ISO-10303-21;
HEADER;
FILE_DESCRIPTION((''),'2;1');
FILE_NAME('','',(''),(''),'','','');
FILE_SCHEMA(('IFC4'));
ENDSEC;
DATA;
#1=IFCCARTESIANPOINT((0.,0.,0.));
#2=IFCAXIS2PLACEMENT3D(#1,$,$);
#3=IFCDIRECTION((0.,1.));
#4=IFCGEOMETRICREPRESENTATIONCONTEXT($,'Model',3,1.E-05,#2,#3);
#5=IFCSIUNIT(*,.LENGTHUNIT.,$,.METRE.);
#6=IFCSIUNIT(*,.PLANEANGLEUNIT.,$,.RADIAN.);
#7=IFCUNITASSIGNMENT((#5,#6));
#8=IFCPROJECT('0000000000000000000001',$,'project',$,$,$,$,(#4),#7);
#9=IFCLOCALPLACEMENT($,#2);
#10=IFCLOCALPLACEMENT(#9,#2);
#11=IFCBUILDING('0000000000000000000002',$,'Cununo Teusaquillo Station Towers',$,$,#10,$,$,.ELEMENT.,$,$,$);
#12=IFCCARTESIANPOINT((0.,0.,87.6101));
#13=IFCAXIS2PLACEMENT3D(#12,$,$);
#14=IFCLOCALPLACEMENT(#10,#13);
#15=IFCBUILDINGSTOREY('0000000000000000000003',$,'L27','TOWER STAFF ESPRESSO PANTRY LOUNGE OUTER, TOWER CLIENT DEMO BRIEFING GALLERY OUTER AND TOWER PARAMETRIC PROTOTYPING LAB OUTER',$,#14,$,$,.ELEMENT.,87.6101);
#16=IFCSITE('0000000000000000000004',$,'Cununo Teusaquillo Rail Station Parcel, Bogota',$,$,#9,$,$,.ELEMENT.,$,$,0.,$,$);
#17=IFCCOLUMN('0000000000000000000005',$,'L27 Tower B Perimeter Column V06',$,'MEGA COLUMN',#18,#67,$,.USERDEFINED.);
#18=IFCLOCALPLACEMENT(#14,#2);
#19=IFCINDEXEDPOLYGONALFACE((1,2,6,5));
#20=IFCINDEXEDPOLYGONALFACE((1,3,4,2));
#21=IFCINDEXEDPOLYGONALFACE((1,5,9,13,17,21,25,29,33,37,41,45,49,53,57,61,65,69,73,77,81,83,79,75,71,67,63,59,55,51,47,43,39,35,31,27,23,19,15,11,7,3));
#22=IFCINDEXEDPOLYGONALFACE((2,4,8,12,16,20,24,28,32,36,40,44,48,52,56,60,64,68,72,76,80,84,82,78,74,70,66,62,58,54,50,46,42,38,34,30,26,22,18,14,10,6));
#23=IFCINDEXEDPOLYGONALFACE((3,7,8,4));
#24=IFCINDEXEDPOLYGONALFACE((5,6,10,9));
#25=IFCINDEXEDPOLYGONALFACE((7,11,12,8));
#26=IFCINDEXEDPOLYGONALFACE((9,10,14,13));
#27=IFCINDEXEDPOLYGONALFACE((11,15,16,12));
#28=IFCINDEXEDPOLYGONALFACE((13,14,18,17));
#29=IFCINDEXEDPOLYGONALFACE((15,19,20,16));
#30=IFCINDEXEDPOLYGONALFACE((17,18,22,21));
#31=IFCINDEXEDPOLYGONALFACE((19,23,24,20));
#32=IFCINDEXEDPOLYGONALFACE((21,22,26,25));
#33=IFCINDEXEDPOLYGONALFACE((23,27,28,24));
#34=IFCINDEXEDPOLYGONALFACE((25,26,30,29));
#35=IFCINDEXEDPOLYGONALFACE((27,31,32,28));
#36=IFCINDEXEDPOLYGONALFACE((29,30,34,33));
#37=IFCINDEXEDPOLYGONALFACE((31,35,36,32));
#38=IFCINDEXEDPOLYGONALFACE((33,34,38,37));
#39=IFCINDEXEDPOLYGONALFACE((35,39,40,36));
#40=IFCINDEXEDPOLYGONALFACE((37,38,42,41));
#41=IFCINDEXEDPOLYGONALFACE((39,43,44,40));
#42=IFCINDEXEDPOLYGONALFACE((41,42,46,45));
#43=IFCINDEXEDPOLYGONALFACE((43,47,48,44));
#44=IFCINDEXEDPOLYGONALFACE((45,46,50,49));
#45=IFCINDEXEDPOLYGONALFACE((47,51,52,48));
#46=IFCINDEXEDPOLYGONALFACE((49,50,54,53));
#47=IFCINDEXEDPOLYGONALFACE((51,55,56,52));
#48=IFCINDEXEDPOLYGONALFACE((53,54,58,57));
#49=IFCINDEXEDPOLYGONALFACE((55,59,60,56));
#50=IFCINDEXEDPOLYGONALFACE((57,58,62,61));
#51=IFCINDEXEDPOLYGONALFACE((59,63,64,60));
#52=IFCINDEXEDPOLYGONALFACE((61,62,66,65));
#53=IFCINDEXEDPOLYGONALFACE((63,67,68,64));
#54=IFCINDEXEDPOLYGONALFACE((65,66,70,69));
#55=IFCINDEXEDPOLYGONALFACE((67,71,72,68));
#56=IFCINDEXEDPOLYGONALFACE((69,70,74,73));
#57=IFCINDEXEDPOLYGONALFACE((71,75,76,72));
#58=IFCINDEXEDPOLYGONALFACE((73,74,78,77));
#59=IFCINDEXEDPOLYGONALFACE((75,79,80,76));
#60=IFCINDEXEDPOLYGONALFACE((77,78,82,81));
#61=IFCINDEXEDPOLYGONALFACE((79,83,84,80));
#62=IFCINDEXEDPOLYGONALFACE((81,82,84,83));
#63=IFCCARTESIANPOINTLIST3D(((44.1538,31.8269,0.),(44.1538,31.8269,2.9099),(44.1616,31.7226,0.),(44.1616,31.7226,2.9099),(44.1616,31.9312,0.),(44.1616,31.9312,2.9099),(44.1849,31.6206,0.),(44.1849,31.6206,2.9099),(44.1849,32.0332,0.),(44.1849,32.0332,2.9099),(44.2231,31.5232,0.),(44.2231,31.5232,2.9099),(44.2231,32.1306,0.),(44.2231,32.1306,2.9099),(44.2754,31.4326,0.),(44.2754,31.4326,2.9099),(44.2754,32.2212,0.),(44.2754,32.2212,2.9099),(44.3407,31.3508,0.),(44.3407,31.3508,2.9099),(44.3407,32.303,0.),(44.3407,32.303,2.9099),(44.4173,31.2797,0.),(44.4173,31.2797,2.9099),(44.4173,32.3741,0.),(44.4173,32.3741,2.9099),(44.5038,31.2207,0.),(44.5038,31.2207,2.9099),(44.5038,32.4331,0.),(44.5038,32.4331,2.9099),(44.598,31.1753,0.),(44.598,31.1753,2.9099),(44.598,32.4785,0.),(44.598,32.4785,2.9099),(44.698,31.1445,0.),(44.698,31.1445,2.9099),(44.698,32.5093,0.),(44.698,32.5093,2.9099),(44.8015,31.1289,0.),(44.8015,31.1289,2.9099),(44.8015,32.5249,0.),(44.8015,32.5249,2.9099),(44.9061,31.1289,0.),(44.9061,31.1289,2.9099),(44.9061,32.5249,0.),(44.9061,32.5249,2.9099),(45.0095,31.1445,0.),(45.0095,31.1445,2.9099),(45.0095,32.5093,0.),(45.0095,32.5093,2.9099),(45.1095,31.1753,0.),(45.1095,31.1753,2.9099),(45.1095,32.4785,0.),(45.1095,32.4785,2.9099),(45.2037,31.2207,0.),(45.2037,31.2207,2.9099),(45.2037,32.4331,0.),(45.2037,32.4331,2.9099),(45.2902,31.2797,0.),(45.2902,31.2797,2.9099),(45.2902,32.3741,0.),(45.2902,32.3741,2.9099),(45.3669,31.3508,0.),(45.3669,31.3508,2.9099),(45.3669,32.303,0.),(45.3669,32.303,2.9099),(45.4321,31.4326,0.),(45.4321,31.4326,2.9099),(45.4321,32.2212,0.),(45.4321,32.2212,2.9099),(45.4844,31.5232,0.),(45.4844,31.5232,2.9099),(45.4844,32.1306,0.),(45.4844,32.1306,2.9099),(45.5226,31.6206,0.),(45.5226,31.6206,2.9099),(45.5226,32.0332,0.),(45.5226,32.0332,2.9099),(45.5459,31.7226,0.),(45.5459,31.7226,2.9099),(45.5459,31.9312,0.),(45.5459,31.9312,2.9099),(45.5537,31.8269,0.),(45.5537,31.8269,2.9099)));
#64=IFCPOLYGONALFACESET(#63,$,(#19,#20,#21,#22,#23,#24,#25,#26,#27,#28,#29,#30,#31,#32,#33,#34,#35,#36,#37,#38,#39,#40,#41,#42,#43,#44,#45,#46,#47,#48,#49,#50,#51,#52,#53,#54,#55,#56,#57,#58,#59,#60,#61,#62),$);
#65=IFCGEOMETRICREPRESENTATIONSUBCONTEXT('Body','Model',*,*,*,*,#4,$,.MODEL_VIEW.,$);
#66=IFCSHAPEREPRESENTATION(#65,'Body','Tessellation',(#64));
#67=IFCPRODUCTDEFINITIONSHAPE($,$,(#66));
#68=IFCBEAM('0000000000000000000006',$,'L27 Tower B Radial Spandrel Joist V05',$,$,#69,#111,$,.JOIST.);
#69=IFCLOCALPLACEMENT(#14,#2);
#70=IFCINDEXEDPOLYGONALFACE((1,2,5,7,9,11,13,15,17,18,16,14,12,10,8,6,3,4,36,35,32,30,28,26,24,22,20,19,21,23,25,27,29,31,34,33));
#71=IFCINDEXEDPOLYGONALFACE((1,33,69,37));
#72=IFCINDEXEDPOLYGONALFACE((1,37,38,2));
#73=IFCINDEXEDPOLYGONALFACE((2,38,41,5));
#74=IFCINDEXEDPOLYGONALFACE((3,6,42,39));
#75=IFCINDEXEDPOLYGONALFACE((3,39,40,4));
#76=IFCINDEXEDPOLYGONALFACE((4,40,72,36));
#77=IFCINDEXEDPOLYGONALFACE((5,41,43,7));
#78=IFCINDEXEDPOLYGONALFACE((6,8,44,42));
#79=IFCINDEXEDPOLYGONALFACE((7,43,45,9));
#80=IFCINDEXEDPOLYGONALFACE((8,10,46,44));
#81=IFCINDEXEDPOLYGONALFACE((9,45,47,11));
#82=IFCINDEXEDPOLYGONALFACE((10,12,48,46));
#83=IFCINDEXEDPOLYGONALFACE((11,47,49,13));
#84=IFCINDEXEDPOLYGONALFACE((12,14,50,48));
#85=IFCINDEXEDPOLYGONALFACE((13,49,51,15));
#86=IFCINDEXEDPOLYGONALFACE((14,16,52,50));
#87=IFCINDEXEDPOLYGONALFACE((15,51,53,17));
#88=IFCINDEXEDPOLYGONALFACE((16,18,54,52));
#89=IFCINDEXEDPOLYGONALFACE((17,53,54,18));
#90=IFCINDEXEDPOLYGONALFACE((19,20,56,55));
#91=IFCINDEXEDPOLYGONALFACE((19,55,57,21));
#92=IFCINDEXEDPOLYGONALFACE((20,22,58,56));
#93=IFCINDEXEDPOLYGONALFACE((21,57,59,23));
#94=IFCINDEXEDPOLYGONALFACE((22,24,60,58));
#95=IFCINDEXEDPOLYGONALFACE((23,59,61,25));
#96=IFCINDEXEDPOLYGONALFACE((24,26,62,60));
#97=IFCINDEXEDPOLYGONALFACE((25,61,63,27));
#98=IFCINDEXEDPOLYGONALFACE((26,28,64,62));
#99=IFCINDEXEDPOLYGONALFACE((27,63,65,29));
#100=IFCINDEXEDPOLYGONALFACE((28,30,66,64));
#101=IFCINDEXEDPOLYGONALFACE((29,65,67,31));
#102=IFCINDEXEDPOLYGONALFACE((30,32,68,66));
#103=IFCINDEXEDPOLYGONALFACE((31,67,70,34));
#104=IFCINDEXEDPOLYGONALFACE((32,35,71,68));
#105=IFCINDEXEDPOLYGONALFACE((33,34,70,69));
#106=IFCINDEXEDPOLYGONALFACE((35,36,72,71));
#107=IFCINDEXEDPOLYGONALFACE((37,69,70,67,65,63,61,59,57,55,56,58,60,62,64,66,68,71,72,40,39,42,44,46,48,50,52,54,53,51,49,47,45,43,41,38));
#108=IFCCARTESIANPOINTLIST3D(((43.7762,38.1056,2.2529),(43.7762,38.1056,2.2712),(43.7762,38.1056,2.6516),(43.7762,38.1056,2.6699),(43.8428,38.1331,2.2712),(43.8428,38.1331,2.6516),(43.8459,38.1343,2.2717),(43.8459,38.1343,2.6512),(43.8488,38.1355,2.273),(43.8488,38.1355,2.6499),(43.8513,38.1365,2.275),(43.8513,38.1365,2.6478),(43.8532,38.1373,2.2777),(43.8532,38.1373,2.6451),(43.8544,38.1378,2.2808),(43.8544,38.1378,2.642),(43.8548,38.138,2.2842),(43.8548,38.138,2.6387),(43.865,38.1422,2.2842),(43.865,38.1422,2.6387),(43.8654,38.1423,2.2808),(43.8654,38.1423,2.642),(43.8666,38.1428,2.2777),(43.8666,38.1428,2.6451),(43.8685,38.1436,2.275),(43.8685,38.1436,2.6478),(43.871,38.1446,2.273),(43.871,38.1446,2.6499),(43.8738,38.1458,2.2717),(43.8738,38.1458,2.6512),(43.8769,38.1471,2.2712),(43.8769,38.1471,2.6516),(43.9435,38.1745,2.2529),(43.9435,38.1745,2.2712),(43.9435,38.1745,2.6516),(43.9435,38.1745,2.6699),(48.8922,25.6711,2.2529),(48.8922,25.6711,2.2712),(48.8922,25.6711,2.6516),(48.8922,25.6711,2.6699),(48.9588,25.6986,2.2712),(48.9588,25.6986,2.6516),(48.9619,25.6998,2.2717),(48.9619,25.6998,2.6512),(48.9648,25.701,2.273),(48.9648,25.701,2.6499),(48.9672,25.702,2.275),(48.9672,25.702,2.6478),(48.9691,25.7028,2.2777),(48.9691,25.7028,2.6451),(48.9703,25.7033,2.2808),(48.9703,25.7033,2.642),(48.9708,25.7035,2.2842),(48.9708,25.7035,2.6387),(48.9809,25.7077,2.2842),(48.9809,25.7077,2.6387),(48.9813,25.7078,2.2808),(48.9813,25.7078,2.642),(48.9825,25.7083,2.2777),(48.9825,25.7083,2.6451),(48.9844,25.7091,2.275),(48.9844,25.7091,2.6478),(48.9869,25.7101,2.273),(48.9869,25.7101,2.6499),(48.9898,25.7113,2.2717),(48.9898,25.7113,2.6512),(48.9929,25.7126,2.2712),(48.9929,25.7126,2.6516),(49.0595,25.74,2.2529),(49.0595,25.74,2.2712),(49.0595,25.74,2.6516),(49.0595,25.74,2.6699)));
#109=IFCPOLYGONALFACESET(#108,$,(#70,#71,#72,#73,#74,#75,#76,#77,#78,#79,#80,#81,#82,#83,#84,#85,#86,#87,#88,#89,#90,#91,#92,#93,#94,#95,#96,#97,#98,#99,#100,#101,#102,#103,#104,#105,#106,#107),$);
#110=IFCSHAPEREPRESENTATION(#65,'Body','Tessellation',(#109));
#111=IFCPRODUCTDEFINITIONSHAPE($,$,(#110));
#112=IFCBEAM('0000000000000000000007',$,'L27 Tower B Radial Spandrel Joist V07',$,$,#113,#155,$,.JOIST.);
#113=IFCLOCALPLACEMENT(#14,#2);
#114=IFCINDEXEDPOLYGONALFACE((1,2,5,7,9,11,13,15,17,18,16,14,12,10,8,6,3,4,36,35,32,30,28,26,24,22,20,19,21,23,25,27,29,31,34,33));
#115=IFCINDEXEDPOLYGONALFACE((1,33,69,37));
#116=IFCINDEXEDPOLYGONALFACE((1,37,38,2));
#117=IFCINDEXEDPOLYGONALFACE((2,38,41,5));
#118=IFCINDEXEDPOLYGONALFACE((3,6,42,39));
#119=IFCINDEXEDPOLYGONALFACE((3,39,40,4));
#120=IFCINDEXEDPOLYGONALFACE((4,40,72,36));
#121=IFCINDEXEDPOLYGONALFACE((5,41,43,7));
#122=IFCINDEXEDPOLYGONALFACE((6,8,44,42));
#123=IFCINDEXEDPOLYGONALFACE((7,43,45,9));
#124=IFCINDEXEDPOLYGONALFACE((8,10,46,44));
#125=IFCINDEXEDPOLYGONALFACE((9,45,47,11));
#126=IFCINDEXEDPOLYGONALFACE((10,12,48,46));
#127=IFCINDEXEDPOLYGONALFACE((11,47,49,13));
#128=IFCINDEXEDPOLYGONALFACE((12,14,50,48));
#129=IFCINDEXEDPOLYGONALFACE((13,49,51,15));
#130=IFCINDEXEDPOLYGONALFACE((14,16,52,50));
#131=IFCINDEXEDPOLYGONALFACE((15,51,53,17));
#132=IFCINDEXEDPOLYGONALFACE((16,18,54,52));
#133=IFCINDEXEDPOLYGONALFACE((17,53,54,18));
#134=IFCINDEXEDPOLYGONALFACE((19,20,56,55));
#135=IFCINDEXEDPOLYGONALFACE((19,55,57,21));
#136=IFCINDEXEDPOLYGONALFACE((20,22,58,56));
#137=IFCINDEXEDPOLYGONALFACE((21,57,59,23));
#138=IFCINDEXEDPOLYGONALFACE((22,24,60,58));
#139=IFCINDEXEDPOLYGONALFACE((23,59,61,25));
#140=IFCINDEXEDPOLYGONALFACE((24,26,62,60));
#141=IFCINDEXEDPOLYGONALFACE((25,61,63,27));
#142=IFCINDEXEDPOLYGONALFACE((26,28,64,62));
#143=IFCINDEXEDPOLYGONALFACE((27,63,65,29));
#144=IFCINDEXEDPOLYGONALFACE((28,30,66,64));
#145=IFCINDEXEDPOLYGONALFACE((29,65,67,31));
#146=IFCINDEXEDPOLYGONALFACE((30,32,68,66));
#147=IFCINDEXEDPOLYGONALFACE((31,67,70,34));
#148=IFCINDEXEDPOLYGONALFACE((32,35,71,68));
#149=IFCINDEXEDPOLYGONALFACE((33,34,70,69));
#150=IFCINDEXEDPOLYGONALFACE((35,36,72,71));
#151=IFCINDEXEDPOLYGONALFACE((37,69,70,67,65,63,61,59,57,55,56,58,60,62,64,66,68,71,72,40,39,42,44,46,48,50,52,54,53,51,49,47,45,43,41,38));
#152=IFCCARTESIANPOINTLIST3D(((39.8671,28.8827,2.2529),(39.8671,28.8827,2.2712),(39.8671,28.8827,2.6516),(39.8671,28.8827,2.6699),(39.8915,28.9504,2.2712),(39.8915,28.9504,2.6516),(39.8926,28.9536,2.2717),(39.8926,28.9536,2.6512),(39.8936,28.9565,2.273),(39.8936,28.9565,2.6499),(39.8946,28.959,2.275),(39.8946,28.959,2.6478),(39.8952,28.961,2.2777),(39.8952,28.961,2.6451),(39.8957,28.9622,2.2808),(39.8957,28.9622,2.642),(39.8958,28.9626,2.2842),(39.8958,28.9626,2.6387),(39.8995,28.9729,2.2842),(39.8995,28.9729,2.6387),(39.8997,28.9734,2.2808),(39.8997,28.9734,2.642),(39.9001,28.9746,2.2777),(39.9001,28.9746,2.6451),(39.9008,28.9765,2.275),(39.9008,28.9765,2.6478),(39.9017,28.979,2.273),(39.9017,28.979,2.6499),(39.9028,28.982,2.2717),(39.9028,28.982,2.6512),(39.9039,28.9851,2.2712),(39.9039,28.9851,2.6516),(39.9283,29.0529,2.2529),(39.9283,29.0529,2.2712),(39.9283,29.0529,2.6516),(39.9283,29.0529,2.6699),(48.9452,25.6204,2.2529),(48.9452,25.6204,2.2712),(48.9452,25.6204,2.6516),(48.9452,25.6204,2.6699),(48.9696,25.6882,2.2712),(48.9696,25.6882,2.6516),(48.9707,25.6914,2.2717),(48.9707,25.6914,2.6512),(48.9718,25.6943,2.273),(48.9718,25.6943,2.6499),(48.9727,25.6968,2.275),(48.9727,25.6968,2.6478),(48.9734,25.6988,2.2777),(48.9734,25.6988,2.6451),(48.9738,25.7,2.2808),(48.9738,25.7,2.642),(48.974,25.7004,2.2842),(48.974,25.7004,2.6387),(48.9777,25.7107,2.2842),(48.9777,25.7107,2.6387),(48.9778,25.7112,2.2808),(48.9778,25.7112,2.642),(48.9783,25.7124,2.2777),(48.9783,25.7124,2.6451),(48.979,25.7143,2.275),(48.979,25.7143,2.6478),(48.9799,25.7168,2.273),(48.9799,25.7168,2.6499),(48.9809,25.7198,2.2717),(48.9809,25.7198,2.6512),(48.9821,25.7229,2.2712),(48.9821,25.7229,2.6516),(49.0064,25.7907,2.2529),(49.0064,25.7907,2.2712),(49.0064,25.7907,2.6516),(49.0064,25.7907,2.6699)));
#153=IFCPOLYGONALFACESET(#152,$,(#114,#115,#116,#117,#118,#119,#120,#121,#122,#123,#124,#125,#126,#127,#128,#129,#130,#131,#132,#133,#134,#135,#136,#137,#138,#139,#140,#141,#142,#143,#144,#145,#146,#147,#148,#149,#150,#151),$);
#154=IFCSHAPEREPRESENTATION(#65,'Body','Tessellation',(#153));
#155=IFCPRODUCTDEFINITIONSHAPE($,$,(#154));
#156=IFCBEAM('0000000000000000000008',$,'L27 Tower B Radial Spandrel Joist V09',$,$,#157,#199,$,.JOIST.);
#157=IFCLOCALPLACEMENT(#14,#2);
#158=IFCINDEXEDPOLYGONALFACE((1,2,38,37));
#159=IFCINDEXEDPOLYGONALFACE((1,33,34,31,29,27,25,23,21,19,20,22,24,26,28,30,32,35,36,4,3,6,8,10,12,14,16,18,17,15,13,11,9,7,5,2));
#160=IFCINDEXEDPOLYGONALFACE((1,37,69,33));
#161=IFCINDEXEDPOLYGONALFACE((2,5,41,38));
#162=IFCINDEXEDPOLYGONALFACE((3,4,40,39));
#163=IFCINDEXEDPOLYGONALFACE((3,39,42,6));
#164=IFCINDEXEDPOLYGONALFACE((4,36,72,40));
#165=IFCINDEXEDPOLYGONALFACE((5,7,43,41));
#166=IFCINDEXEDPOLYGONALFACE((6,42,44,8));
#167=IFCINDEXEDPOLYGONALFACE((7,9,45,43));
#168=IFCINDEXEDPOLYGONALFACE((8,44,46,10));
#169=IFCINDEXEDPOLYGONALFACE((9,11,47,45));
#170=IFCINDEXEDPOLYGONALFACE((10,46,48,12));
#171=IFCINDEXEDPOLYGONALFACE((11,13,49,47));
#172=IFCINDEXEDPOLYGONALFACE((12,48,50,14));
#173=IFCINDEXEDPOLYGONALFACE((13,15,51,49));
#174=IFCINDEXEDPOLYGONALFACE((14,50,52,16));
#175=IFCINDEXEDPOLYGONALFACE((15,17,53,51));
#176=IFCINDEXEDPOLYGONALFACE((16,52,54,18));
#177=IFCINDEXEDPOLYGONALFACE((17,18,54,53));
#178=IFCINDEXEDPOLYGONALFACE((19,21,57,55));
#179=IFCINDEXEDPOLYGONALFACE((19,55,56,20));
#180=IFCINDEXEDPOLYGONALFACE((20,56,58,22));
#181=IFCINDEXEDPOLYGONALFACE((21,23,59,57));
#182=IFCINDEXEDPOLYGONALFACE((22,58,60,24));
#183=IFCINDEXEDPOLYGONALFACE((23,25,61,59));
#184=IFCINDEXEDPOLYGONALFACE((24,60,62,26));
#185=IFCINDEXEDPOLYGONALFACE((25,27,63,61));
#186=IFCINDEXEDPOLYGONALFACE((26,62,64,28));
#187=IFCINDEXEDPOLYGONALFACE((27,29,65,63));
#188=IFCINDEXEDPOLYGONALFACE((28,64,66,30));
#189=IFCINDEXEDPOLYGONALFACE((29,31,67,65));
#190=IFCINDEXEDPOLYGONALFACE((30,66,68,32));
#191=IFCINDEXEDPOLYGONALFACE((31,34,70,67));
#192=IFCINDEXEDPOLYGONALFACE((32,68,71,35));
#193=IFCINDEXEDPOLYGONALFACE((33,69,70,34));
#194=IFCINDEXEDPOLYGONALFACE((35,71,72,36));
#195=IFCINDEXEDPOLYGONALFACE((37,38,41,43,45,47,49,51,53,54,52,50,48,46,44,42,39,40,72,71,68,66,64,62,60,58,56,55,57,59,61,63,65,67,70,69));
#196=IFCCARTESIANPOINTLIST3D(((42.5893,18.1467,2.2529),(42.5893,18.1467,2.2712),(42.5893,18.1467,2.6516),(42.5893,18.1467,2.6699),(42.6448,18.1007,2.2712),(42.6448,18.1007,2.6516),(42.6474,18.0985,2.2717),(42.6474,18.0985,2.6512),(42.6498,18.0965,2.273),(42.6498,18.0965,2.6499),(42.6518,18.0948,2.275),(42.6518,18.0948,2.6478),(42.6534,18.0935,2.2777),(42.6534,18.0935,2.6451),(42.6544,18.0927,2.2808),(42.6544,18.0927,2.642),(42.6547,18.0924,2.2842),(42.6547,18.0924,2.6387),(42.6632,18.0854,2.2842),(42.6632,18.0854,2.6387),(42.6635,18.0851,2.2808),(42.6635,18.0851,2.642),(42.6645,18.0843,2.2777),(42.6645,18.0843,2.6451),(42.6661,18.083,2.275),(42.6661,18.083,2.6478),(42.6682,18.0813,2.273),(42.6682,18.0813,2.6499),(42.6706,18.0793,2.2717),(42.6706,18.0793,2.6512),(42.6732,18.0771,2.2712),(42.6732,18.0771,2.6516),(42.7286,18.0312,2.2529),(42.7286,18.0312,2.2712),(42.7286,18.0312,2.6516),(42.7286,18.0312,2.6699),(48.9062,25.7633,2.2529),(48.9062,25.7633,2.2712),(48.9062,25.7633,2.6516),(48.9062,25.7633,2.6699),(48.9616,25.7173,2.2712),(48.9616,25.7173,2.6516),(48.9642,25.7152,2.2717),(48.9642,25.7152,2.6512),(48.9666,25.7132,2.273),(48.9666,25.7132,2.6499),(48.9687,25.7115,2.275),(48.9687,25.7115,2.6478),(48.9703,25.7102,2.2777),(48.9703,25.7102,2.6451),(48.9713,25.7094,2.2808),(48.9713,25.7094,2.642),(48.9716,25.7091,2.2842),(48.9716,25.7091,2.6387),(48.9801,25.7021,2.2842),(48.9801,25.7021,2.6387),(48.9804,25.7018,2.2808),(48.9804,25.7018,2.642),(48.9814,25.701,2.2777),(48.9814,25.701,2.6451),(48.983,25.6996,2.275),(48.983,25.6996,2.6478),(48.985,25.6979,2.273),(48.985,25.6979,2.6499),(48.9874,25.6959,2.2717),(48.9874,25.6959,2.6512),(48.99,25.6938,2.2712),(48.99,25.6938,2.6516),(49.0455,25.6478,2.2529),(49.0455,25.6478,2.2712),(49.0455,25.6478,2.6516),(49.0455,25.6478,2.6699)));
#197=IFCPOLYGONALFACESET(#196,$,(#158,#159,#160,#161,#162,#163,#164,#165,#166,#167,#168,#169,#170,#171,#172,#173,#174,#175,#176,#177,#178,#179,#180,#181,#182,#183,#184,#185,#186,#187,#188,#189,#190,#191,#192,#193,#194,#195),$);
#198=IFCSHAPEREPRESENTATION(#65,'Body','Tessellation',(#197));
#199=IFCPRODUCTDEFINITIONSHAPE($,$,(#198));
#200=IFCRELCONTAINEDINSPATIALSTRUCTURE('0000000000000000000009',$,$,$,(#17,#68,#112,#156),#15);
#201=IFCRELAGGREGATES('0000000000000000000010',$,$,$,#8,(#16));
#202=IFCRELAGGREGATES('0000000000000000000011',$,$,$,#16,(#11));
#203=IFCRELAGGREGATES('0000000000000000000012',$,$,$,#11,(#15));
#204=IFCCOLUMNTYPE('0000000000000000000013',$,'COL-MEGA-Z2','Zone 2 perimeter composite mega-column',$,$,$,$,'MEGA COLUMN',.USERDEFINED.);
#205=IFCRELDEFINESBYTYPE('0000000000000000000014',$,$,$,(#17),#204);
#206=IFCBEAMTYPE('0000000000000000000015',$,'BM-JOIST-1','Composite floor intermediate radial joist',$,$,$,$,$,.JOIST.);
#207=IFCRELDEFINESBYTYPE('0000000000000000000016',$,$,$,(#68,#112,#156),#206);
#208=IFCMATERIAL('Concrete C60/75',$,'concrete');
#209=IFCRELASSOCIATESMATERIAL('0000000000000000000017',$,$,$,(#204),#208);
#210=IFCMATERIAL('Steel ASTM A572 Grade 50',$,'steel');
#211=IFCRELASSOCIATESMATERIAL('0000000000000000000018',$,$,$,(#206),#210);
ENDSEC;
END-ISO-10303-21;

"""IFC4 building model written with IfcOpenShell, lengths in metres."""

from ifc_helpers import new_model, si_unit, direction, frame, origin, origin_2d, place, context, subcontext, project, spatial, circle, i_section, extrude, material, material_profile, profile_set, type_object, element, save


model = new_model("IFC4")

# Units and contexts
model_context = context("Model", 3, precision=1e-05, world=origin(), true_north=direction((0.0, 1.0)))
body_context = subcontext(model_context, "Body", "Model", "MODEL_VIEW")
ifc_project = project(units=[si_unit("LENGTHUNIT", "METRE"), si_unit("PLANEANGLEUNIT", "RADIAN")], contexts=[model_context])

# Site, building, storey
site_placement = place(None, origin())
site = spatial("IfcSite", under=ifc_project, at=site_placement, Name="Cununo Teusaquillo Rail Station Parcel, Bogota", CompositionType="ELEMENT", RefElevation=0.0)
building_placement = place(site_placement, origin())
building = spatial("IfcBuilding", under=site, at=building_placement, Name="Cununo Teusaquillo Station Towers", CompositionType="ELEMENT")
storey_placement = place(building_placement, frame((0.0, 0.0, 87.6101)))
storey = spatial("IfcBuildingStorey", under=building, at=storey_placement, Name="L27", Description="TOWER STAFF ESPRESSO PANTRY LOUNGE OUTER, TOWER CLIENT DEMO BRIEFING GALLERY OUTER AND TOWER PARAMETRIC PROTOTYPING LAB OUTER", CompositionType="ELEMENT", Elevation=87.6101)

# Column
ifc_material_1 = material(Name="Concrete C60/75", Category="concrete")
ifc_material_profile_1 = material_profile(ifc_material_1, circle(Radius=0.7, at=origin_2d()), Name="RC-CIRC-1400")
ifc_profile_set_1 = profile_set([ifc_material_profile_1], Name="Concrete C60/75")
column_type = type_object("IfcColumnType", Name="COL-MEGA-Z2", Description="Zone 2 perimeter composite mega-column", ElementType="MEGA COLUMN", PredefinedType="USERDEFINED", material=ifc_profile_set_1)
column_placement = place(storey_placement, frame((44.8538, 31.8269, 0.0), z_axis=(0.0, 0.0, 1.0), x_axis=(1.0, 0.0, 0.0)))
element("IfcColumn", 1, at=column_placement, inside=storey, type_object=column_type, Name="L27 Tower B Perimeter Column V06", ObjectType="MEGA COLUMN", PredefinedType="USERDEFINED", context=body_context, shape_type="SweptSolid", body=[
    extrude(circle(Radius=0.7, at=origin_2d()), origin(), (0.0, 0.0, 1.0), 2.9099),
])

# Beams
ifc_material_2 = material(Name="Steel ASTM A572 Grade 50", Category="steel")
ifc_material_profile_2 = material_profile(ifc_material_2, i_section(OverallWidth=0.1809, OverallDepth=0.417, WebThickness=0.011, FlangeThickness=0.0183, FilletRadius=0.0129, at=origin_2d()), Name="W16X57")
ifc_profile_set_2 = profile_set([ifc_material_profile_2], Name="Steel ASTM A572 Grade 50")
beam_type_1 = type_object("IfcBeamType", Name="BM-JOIST-1", Description="Composite floor intermediate radial joist", PredefinedType="JOIST", material=ifc_profile_set_2)
beam_1_placement = place(storey_placement, frame((48.9758, 25.7056, 2.4614), z_axis=(-0.380486, 0.924787, 0.0), x_axis=(-0.924787, -0.380486, 0.0)))
element("IfcBeam", 2, at=beam_1_placement, inside=storey, type_object=beam_type_1, Name="L27 Tower B Radial Spandrel Joist V05", PredefinedType="JOIST", context=body_context, shape_type="SweptSolid", body=[
    extrude(i_section(OverallWidth=0.1809, OverallDepth=0.417, WebThickness=0.011, FlangeThickness=0.0183, FilletRadius=0.0129, at=origin_2d()), origin(), (0.0, 0.0, 1.0), 13.4458),
])
beam_2_placement = place(storey_placement, frame((48.9758, 25.7056, 2.4614), z_axis=(-0.941083, 0.338176, 0.0), x_axis=(-0.338176, -0.941083, 0.0)))
element("IfcBeam", 3, at=beam_2_placement, inside=storey, type_object=beam_type_1, Name="L27 Tower B Radial Spandrel Joist V07", PredefinedType="JOIST", context=body_context, shape_type="SweptSolid", body=[
    extrude(i_section(OverallWidth=0.1809, OverallDepth=0.417, WebThickness=0.011, FlangeThickness=0.0183, FilletRadius=0.0129, at=origin_2d()), origin(), (0.0, 0.0, 1.0), 9.6465),
])
beam_3_placement = place(storey_placement, frame((48.9758, 25.7056, 2.4614), z_axis=(-0.638372, -0.769728, 0.0), x_axis=(0.769728, -0.638372, 0.0)))
element("IfcBeam", 4, at=beam_3_placement, inside=storey, type_object=beam_type_1, Name="L27 Tower B Radial Spandrel Joist V09", PredefinedType="JOIST", context=body_context, shape_type="SweptSolid", body=[
    extrude(i_section(OverallWidth=0.1809, OverallDepth=0.417, WebThickness=0.011, FlangeThickness=0.0183, FilletRadius=0.0129, at=origin_2d()), origin(), (0.0, 0.0, 1.0), 9.8953),
])

save(model, "model.ifc")
